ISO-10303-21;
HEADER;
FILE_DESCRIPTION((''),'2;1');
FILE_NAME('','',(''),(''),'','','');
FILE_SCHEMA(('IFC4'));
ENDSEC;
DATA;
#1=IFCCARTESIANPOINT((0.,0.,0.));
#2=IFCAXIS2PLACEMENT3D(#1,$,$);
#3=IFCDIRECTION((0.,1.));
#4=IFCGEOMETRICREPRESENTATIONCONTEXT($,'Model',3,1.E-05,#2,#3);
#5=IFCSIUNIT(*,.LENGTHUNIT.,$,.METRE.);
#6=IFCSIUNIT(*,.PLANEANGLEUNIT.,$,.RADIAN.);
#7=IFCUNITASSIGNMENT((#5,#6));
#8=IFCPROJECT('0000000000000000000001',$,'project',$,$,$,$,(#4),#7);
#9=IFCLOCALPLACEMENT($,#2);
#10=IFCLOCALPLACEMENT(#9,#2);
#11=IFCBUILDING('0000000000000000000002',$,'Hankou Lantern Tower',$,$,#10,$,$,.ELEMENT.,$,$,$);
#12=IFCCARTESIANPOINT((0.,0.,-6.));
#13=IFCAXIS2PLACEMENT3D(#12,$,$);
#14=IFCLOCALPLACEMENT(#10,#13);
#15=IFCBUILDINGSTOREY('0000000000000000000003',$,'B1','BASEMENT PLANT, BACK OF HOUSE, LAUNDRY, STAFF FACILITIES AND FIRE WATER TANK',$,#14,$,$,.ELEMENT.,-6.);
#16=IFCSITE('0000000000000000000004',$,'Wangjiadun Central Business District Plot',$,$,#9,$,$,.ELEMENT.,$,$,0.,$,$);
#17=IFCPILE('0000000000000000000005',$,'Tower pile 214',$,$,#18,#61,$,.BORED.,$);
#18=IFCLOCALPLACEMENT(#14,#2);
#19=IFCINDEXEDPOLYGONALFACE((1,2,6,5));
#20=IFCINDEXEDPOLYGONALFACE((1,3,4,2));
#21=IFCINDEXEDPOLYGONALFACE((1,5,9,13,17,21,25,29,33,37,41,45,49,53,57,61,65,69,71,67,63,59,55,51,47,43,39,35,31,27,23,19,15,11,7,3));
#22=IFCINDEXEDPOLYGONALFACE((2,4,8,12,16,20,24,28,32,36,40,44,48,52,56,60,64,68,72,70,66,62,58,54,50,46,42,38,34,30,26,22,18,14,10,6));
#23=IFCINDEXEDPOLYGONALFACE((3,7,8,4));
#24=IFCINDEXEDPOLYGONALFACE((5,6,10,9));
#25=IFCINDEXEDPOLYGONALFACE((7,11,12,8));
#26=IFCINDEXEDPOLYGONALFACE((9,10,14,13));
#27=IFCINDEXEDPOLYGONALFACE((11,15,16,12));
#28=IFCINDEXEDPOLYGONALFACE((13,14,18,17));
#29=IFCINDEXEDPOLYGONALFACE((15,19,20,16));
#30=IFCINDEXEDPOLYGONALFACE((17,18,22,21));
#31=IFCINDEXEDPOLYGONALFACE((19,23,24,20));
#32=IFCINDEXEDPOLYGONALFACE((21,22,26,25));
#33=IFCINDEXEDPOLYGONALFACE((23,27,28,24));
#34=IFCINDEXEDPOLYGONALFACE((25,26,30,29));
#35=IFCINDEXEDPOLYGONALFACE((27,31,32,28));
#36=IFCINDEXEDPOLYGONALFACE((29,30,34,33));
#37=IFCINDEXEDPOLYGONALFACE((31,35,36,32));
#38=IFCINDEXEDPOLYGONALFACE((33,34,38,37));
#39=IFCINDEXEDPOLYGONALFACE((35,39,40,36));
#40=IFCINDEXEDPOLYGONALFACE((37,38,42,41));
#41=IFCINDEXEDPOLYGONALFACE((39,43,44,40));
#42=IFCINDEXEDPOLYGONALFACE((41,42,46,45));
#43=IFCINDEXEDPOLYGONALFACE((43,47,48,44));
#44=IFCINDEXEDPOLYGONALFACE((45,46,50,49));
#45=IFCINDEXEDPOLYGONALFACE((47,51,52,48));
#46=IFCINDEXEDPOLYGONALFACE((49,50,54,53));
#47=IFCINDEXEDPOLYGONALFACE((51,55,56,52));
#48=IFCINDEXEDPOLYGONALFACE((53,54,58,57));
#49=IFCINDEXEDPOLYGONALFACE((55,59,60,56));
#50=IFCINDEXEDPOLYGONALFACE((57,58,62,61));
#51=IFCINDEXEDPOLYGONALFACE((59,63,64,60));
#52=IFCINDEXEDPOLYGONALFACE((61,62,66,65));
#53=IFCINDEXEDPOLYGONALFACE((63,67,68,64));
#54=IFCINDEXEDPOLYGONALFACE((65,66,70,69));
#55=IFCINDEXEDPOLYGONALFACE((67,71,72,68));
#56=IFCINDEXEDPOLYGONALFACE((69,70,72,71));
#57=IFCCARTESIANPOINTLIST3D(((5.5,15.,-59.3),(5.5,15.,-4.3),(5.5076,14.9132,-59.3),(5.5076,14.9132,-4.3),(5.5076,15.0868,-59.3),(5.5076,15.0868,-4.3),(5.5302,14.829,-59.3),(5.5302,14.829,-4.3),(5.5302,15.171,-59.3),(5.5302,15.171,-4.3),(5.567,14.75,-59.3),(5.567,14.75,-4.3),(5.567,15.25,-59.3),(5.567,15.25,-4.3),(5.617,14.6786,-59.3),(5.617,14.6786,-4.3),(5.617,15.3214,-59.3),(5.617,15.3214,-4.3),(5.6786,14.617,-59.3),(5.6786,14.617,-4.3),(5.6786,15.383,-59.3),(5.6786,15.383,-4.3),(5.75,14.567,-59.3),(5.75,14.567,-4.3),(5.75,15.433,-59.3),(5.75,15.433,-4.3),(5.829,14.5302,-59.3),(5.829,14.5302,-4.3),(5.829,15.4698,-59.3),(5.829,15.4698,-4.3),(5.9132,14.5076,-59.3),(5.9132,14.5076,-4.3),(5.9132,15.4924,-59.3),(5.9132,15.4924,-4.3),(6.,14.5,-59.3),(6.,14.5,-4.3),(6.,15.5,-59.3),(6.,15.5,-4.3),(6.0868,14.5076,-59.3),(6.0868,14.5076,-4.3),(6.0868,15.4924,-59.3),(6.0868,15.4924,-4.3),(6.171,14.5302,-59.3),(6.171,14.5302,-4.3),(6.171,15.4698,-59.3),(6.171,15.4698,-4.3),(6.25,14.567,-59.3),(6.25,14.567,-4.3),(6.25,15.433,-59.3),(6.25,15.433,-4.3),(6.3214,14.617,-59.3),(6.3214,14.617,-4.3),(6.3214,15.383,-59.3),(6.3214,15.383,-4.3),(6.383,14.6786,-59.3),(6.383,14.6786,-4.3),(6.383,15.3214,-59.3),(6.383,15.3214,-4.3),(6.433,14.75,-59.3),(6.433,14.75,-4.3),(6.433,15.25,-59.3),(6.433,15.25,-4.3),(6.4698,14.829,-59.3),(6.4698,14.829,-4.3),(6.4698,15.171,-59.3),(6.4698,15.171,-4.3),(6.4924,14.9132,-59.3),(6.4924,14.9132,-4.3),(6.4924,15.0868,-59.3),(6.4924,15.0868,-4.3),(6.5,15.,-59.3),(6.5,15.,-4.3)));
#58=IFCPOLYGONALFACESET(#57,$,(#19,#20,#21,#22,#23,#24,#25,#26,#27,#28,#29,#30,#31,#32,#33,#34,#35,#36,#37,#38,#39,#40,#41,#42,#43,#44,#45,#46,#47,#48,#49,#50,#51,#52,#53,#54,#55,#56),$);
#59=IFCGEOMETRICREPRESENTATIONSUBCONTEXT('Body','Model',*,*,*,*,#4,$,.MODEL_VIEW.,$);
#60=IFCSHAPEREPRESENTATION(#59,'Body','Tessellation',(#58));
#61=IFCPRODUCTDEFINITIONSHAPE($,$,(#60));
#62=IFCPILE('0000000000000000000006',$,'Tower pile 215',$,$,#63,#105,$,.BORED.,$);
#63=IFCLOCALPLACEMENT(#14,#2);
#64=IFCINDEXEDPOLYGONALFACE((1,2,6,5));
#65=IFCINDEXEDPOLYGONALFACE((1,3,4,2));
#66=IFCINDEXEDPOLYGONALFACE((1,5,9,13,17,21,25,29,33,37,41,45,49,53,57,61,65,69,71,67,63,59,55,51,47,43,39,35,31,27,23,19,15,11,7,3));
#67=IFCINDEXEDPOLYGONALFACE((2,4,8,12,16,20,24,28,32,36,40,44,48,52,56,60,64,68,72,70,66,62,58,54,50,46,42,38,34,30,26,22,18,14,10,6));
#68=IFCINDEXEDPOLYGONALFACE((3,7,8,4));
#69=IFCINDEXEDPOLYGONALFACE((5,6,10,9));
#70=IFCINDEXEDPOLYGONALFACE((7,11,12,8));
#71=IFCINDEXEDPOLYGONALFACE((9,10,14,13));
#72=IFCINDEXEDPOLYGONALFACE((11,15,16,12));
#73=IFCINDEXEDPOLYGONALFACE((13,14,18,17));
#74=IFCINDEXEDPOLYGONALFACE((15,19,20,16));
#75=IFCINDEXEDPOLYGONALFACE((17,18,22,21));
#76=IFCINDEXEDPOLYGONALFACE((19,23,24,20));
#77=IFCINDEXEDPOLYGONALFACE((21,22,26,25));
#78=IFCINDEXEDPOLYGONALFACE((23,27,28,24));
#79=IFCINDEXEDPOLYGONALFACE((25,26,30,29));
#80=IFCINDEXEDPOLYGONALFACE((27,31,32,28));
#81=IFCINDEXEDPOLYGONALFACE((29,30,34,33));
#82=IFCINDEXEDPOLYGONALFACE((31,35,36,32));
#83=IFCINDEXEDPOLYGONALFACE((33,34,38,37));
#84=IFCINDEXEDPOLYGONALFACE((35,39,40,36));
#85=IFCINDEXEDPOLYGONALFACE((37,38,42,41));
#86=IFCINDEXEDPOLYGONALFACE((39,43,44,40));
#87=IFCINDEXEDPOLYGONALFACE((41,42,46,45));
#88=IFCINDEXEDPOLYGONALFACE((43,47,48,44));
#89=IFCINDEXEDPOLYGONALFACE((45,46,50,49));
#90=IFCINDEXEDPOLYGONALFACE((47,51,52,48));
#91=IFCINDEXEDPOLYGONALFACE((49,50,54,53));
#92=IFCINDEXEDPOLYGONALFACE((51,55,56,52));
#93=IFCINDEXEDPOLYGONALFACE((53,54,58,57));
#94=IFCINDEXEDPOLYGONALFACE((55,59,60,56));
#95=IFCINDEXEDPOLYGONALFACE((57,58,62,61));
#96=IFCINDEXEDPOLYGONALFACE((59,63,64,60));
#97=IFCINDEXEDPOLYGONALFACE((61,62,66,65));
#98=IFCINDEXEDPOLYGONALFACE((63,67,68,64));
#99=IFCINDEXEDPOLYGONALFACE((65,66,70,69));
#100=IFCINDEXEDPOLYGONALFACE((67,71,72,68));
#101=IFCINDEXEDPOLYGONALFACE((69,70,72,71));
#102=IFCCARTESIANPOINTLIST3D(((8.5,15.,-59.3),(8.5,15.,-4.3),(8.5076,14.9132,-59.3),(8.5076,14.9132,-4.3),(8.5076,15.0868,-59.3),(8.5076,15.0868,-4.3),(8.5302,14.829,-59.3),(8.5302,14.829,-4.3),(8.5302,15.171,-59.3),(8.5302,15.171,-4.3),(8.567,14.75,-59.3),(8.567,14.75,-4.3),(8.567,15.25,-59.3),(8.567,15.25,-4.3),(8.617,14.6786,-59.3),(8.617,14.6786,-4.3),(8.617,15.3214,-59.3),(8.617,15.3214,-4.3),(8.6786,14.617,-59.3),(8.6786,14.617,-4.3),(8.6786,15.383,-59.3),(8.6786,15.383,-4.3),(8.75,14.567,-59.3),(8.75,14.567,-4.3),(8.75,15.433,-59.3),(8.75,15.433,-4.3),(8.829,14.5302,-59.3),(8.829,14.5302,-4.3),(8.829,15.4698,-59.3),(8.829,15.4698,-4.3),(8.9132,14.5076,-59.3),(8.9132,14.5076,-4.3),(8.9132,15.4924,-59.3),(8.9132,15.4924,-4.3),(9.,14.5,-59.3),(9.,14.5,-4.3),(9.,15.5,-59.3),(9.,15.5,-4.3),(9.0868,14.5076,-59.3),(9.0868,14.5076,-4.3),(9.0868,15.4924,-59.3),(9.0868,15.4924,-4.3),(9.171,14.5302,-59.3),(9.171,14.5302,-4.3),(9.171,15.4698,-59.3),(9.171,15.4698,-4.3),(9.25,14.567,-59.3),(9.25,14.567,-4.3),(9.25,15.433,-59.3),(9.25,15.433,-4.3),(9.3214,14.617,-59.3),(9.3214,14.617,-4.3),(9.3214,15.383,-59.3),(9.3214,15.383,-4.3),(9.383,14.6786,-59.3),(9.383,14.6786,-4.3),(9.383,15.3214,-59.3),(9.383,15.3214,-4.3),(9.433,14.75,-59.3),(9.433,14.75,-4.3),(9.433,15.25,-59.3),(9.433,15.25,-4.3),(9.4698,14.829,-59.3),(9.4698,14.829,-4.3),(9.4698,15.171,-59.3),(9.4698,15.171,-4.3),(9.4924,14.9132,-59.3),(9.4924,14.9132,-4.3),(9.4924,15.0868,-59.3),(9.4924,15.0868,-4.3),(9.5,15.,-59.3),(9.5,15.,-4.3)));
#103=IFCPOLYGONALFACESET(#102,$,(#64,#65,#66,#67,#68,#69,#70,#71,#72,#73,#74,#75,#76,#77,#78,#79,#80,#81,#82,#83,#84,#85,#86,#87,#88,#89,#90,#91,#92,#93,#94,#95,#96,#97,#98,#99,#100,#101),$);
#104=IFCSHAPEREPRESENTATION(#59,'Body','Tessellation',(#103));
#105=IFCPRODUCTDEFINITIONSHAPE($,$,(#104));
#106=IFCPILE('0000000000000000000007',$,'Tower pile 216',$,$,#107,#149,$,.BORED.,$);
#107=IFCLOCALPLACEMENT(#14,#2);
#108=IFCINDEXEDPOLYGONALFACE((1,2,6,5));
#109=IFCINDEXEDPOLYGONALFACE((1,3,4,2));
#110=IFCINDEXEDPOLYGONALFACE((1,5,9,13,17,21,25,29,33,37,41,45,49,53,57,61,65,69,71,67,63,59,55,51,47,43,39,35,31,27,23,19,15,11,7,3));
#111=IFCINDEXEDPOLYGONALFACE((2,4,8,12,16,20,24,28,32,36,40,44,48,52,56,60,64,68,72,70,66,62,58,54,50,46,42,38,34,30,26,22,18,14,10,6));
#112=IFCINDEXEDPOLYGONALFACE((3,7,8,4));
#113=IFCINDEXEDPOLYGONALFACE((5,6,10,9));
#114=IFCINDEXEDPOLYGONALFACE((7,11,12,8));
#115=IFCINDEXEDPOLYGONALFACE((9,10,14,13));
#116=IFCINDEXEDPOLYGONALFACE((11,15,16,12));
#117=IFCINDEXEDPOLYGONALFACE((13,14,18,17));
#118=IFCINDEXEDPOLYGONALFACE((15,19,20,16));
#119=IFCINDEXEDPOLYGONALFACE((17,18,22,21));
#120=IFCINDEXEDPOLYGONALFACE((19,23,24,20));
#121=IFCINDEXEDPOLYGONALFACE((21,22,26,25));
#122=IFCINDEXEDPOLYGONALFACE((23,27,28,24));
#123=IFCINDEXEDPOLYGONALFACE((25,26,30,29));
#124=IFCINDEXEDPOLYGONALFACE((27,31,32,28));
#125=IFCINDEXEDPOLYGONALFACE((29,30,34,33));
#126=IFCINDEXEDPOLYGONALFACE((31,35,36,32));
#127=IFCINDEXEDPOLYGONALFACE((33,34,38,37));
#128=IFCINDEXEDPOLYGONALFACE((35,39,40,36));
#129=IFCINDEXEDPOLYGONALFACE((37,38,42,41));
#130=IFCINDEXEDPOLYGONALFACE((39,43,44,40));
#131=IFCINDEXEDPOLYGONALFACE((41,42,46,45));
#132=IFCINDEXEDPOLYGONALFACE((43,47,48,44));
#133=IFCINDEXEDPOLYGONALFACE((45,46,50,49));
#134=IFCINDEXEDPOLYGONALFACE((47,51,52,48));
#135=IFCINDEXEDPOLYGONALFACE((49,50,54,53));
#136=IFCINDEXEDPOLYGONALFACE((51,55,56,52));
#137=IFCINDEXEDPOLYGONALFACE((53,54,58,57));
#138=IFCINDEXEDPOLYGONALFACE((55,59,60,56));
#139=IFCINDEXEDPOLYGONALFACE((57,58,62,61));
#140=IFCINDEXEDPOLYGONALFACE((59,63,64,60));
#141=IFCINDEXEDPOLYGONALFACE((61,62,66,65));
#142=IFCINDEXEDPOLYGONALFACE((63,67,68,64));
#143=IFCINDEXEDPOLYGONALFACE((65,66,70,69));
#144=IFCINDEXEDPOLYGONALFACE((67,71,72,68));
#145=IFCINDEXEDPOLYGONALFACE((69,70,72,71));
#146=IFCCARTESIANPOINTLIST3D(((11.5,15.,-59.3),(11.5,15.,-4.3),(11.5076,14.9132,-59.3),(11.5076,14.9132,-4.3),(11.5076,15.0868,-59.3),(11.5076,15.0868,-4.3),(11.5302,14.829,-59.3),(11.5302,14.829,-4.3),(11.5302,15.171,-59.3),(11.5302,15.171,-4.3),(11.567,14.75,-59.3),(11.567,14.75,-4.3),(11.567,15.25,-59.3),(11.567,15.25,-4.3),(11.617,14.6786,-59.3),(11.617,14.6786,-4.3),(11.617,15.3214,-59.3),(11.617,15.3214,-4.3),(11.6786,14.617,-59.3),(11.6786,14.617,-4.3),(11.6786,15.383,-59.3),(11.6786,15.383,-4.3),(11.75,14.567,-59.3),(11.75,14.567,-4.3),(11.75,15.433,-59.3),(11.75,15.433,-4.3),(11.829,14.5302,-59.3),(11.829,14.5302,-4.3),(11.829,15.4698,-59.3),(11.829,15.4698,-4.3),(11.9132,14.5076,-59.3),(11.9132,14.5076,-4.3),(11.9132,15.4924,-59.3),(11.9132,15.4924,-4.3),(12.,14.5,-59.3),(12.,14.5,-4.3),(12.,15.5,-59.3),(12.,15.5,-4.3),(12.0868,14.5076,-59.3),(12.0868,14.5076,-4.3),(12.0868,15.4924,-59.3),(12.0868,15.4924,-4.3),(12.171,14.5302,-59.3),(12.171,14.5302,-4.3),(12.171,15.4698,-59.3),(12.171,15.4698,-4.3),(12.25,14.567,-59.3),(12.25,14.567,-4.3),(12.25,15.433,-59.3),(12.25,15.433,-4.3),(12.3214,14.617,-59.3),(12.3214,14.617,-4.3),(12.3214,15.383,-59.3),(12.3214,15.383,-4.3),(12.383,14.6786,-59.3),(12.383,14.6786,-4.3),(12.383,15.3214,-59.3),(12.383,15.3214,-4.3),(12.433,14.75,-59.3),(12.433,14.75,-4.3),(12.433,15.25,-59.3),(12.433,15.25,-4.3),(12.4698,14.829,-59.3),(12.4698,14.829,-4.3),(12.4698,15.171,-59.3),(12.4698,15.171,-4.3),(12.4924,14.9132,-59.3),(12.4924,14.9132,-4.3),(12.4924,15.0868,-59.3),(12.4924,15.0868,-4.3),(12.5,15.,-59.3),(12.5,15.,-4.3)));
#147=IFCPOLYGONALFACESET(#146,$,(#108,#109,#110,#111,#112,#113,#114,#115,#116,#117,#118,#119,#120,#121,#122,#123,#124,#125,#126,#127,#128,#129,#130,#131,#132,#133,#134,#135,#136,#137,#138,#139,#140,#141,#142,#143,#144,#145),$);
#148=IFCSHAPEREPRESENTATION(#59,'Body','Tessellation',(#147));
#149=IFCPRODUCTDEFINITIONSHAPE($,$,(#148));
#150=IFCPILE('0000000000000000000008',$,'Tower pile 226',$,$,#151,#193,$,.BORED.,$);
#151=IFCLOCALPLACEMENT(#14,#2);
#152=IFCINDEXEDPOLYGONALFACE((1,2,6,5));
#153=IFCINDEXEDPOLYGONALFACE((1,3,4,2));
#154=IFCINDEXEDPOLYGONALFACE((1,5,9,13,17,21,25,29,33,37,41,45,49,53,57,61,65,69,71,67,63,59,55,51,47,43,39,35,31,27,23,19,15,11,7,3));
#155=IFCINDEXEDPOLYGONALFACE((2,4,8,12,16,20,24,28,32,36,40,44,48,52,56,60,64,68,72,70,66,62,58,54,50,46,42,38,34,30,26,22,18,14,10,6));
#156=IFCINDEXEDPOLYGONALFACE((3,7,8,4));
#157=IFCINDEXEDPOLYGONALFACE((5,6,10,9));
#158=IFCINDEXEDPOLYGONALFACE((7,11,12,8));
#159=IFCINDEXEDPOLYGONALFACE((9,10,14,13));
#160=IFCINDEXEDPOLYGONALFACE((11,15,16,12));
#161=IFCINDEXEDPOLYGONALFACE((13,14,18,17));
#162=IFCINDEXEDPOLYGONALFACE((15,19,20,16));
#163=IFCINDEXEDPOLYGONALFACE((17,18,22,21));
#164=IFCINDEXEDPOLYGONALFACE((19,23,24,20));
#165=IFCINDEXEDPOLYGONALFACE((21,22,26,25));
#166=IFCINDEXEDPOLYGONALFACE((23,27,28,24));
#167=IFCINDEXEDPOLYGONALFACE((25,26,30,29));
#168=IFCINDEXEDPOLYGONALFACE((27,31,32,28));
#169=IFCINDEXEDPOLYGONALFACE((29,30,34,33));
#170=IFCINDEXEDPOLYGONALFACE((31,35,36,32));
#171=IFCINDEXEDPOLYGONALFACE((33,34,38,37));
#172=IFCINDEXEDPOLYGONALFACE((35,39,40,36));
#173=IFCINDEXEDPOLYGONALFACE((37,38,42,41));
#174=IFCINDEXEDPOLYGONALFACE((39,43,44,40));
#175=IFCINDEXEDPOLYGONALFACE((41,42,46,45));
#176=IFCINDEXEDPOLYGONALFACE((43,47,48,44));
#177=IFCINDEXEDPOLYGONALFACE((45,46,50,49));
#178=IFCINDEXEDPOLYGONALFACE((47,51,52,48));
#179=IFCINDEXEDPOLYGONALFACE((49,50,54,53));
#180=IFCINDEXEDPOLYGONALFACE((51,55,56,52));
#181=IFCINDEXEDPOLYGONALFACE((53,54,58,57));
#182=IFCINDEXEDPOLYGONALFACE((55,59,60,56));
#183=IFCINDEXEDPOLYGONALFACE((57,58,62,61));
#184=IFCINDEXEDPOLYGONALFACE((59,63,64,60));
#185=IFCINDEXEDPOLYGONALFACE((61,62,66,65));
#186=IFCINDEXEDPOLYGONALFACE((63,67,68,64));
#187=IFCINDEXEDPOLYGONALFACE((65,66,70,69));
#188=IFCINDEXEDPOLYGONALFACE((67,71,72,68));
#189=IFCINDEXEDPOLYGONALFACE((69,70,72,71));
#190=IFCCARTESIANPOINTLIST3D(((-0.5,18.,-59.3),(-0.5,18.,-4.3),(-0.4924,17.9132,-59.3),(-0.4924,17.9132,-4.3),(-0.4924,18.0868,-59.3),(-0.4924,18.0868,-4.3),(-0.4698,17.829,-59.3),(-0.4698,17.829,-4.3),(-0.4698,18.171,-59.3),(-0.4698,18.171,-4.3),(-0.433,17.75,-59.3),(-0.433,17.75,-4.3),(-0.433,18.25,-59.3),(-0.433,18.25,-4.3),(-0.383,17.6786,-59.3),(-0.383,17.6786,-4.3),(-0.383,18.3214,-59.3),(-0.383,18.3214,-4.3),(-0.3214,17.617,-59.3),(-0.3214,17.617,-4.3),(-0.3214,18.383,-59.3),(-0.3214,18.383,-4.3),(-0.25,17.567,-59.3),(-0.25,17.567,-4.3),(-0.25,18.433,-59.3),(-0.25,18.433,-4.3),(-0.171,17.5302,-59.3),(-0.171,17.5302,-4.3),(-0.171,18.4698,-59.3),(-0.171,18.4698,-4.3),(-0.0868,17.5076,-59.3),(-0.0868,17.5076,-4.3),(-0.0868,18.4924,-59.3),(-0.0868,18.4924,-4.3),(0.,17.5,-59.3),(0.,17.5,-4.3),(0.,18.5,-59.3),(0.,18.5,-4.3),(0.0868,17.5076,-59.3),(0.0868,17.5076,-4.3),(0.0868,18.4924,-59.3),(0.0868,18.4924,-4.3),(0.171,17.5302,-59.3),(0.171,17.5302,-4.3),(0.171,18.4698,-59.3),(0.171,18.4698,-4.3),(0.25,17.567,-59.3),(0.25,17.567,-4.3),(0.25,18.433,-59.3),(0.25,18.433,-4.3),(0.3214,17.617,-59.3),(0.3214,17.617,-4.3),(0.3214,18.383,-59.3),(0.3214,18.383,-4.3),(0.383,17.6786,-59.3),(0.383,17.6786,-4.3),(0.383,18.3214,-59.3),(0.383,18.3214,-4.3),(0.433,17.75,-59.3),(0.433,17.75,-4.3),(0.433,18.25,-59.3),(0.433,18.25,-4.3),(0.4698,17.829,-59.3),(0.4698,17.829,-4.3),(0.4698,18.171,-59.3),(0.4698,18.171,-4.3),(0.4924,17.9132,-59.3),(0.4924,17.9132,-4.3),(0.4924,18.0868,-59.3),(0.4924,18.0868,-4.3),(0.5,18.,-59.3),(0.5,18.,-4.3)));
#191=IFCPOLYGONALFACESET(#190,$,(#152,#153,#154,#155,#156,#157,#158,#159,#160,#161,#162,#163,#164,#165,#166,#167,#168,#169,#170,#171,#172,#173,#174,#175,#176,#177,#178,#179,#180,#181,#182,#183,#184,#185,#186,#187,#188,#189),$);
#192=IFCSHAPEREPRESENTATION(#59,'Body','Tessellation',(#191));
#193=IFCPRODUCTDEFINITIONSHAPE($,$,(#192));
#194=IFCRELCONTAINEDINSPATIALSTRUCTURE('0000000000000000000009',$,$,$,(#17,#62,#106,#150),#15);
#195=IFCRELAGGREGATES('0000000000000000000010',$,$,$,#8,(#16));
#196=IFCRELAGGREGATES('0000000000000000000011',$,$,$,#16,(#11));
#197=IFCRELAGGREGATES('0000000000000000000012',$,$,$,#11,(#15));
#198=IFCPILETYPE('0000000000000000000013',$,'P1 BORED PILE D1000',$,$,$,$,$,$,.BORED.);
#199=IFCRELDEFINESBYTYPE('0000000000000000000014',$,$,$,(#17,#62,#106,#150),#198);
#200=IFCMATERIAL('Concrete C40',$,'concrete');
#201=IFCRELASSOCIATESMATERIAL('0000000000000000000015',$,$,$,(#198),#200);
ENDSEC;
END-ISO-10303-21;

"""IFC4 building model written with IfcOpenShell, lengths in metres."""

from ifc_helpers import new_model, si_unit, direction, frame, origin, origin_2d, place, context, subcontext, project, spatial, circle, extrude, material, material_profile, profile_set, type_object, element, save


model = new_model("IFC4")

# Units and contexts
model_context = context("Model", 3, precision=1e-05, world=origin(), true_north=direction((0.0, 1.0)))
body_context = subcontext(model_context, "Body", "Model", "MODEL_VIEW")
ifc_project = project(units=[si_unit("LENGTHUNIT", "METRE"), si_unit("PLANEANGLEUNIT", "RADIAN")], contexts=[model_context])

# Site, building, storey
site_placement = place(None, origin())
site = spatial("IfcSite", under=ifc_project, at=site_placement, Name="Wangjiadun Central Business District Plot", CompositionType="ELEMENT", RefElevation=0.0)
building_placement = place(site_placement, origin())
building = spatial("IfcBuilding", under=site, at=building_placement, Name="Hankou Lantern Tower", CompositionType="ELEMENT")
storey_placement = place(building_placement, frame((0.0, 0.0, -6.0)))
storey = spatial("IfcBuildingStorey", under=building, at=storey_placement, Name="B1", Description="BASEMENT PLANT, BACK OF HOUSE, LAUNDRY, STAFF FACILITIES AND FIRE WATER TANK", CompositionType="ELEMENT", Elevation=-6.0)

# Piles
ifc_material_1 = material(Name="Concrete C40", Category="concrete")
ifc_material_profile_1 = material_profile(ifc_material_1, circle(Radius=0.5, at=origin_2d()), Name="RC D1000")
ifc_profile_set_1 = profile_set([ifc_material_profile_1], Name="Concrete C40")
pile_type = type_object("IfcPileType", Name="P1 BORED PILE D1000", PredefinedType="BORED", material=ifc_profile_set_1)
for number, where, z_axis, x_axis, name in (
    (1, (6.0, 15.0, -4.3), (0.0, 0.0, -1.0), (1.0, 0.0, 0.0), "Tower pile 214"),
    (2, (9.0, 15.0, -4.3), (0.0, 0.0, -1.0), (1.0, 0.0, 0.0), "Tower pile 215"),
    (3, (12.0, 15.0, -4.3), (0.0, 0.0, -1.0), (1.0, 0.0, 0.0), "Tower pile 216"),
    (4, (0.0, 18.0, -4.3), (0.0, 0.0, -1.0), (1.0, 0.0, 0.0), "Tower pile 226"),
):
    element("IfcPile", number, at=place(storey_placement, frame(where, z_axis=z_axis, x_axis=x_axis)), inside=storey, type_object=pile_type, Name=name, PredefinedType="BORED", context=body_context, shape_type="SweptSolid", body=[
        extrude(circle(Radius=0.5, at=origin_2d()), origin(), (0.0, 0.0, 1.0), 55.0),
    ])

save(model, "model.ifc")
